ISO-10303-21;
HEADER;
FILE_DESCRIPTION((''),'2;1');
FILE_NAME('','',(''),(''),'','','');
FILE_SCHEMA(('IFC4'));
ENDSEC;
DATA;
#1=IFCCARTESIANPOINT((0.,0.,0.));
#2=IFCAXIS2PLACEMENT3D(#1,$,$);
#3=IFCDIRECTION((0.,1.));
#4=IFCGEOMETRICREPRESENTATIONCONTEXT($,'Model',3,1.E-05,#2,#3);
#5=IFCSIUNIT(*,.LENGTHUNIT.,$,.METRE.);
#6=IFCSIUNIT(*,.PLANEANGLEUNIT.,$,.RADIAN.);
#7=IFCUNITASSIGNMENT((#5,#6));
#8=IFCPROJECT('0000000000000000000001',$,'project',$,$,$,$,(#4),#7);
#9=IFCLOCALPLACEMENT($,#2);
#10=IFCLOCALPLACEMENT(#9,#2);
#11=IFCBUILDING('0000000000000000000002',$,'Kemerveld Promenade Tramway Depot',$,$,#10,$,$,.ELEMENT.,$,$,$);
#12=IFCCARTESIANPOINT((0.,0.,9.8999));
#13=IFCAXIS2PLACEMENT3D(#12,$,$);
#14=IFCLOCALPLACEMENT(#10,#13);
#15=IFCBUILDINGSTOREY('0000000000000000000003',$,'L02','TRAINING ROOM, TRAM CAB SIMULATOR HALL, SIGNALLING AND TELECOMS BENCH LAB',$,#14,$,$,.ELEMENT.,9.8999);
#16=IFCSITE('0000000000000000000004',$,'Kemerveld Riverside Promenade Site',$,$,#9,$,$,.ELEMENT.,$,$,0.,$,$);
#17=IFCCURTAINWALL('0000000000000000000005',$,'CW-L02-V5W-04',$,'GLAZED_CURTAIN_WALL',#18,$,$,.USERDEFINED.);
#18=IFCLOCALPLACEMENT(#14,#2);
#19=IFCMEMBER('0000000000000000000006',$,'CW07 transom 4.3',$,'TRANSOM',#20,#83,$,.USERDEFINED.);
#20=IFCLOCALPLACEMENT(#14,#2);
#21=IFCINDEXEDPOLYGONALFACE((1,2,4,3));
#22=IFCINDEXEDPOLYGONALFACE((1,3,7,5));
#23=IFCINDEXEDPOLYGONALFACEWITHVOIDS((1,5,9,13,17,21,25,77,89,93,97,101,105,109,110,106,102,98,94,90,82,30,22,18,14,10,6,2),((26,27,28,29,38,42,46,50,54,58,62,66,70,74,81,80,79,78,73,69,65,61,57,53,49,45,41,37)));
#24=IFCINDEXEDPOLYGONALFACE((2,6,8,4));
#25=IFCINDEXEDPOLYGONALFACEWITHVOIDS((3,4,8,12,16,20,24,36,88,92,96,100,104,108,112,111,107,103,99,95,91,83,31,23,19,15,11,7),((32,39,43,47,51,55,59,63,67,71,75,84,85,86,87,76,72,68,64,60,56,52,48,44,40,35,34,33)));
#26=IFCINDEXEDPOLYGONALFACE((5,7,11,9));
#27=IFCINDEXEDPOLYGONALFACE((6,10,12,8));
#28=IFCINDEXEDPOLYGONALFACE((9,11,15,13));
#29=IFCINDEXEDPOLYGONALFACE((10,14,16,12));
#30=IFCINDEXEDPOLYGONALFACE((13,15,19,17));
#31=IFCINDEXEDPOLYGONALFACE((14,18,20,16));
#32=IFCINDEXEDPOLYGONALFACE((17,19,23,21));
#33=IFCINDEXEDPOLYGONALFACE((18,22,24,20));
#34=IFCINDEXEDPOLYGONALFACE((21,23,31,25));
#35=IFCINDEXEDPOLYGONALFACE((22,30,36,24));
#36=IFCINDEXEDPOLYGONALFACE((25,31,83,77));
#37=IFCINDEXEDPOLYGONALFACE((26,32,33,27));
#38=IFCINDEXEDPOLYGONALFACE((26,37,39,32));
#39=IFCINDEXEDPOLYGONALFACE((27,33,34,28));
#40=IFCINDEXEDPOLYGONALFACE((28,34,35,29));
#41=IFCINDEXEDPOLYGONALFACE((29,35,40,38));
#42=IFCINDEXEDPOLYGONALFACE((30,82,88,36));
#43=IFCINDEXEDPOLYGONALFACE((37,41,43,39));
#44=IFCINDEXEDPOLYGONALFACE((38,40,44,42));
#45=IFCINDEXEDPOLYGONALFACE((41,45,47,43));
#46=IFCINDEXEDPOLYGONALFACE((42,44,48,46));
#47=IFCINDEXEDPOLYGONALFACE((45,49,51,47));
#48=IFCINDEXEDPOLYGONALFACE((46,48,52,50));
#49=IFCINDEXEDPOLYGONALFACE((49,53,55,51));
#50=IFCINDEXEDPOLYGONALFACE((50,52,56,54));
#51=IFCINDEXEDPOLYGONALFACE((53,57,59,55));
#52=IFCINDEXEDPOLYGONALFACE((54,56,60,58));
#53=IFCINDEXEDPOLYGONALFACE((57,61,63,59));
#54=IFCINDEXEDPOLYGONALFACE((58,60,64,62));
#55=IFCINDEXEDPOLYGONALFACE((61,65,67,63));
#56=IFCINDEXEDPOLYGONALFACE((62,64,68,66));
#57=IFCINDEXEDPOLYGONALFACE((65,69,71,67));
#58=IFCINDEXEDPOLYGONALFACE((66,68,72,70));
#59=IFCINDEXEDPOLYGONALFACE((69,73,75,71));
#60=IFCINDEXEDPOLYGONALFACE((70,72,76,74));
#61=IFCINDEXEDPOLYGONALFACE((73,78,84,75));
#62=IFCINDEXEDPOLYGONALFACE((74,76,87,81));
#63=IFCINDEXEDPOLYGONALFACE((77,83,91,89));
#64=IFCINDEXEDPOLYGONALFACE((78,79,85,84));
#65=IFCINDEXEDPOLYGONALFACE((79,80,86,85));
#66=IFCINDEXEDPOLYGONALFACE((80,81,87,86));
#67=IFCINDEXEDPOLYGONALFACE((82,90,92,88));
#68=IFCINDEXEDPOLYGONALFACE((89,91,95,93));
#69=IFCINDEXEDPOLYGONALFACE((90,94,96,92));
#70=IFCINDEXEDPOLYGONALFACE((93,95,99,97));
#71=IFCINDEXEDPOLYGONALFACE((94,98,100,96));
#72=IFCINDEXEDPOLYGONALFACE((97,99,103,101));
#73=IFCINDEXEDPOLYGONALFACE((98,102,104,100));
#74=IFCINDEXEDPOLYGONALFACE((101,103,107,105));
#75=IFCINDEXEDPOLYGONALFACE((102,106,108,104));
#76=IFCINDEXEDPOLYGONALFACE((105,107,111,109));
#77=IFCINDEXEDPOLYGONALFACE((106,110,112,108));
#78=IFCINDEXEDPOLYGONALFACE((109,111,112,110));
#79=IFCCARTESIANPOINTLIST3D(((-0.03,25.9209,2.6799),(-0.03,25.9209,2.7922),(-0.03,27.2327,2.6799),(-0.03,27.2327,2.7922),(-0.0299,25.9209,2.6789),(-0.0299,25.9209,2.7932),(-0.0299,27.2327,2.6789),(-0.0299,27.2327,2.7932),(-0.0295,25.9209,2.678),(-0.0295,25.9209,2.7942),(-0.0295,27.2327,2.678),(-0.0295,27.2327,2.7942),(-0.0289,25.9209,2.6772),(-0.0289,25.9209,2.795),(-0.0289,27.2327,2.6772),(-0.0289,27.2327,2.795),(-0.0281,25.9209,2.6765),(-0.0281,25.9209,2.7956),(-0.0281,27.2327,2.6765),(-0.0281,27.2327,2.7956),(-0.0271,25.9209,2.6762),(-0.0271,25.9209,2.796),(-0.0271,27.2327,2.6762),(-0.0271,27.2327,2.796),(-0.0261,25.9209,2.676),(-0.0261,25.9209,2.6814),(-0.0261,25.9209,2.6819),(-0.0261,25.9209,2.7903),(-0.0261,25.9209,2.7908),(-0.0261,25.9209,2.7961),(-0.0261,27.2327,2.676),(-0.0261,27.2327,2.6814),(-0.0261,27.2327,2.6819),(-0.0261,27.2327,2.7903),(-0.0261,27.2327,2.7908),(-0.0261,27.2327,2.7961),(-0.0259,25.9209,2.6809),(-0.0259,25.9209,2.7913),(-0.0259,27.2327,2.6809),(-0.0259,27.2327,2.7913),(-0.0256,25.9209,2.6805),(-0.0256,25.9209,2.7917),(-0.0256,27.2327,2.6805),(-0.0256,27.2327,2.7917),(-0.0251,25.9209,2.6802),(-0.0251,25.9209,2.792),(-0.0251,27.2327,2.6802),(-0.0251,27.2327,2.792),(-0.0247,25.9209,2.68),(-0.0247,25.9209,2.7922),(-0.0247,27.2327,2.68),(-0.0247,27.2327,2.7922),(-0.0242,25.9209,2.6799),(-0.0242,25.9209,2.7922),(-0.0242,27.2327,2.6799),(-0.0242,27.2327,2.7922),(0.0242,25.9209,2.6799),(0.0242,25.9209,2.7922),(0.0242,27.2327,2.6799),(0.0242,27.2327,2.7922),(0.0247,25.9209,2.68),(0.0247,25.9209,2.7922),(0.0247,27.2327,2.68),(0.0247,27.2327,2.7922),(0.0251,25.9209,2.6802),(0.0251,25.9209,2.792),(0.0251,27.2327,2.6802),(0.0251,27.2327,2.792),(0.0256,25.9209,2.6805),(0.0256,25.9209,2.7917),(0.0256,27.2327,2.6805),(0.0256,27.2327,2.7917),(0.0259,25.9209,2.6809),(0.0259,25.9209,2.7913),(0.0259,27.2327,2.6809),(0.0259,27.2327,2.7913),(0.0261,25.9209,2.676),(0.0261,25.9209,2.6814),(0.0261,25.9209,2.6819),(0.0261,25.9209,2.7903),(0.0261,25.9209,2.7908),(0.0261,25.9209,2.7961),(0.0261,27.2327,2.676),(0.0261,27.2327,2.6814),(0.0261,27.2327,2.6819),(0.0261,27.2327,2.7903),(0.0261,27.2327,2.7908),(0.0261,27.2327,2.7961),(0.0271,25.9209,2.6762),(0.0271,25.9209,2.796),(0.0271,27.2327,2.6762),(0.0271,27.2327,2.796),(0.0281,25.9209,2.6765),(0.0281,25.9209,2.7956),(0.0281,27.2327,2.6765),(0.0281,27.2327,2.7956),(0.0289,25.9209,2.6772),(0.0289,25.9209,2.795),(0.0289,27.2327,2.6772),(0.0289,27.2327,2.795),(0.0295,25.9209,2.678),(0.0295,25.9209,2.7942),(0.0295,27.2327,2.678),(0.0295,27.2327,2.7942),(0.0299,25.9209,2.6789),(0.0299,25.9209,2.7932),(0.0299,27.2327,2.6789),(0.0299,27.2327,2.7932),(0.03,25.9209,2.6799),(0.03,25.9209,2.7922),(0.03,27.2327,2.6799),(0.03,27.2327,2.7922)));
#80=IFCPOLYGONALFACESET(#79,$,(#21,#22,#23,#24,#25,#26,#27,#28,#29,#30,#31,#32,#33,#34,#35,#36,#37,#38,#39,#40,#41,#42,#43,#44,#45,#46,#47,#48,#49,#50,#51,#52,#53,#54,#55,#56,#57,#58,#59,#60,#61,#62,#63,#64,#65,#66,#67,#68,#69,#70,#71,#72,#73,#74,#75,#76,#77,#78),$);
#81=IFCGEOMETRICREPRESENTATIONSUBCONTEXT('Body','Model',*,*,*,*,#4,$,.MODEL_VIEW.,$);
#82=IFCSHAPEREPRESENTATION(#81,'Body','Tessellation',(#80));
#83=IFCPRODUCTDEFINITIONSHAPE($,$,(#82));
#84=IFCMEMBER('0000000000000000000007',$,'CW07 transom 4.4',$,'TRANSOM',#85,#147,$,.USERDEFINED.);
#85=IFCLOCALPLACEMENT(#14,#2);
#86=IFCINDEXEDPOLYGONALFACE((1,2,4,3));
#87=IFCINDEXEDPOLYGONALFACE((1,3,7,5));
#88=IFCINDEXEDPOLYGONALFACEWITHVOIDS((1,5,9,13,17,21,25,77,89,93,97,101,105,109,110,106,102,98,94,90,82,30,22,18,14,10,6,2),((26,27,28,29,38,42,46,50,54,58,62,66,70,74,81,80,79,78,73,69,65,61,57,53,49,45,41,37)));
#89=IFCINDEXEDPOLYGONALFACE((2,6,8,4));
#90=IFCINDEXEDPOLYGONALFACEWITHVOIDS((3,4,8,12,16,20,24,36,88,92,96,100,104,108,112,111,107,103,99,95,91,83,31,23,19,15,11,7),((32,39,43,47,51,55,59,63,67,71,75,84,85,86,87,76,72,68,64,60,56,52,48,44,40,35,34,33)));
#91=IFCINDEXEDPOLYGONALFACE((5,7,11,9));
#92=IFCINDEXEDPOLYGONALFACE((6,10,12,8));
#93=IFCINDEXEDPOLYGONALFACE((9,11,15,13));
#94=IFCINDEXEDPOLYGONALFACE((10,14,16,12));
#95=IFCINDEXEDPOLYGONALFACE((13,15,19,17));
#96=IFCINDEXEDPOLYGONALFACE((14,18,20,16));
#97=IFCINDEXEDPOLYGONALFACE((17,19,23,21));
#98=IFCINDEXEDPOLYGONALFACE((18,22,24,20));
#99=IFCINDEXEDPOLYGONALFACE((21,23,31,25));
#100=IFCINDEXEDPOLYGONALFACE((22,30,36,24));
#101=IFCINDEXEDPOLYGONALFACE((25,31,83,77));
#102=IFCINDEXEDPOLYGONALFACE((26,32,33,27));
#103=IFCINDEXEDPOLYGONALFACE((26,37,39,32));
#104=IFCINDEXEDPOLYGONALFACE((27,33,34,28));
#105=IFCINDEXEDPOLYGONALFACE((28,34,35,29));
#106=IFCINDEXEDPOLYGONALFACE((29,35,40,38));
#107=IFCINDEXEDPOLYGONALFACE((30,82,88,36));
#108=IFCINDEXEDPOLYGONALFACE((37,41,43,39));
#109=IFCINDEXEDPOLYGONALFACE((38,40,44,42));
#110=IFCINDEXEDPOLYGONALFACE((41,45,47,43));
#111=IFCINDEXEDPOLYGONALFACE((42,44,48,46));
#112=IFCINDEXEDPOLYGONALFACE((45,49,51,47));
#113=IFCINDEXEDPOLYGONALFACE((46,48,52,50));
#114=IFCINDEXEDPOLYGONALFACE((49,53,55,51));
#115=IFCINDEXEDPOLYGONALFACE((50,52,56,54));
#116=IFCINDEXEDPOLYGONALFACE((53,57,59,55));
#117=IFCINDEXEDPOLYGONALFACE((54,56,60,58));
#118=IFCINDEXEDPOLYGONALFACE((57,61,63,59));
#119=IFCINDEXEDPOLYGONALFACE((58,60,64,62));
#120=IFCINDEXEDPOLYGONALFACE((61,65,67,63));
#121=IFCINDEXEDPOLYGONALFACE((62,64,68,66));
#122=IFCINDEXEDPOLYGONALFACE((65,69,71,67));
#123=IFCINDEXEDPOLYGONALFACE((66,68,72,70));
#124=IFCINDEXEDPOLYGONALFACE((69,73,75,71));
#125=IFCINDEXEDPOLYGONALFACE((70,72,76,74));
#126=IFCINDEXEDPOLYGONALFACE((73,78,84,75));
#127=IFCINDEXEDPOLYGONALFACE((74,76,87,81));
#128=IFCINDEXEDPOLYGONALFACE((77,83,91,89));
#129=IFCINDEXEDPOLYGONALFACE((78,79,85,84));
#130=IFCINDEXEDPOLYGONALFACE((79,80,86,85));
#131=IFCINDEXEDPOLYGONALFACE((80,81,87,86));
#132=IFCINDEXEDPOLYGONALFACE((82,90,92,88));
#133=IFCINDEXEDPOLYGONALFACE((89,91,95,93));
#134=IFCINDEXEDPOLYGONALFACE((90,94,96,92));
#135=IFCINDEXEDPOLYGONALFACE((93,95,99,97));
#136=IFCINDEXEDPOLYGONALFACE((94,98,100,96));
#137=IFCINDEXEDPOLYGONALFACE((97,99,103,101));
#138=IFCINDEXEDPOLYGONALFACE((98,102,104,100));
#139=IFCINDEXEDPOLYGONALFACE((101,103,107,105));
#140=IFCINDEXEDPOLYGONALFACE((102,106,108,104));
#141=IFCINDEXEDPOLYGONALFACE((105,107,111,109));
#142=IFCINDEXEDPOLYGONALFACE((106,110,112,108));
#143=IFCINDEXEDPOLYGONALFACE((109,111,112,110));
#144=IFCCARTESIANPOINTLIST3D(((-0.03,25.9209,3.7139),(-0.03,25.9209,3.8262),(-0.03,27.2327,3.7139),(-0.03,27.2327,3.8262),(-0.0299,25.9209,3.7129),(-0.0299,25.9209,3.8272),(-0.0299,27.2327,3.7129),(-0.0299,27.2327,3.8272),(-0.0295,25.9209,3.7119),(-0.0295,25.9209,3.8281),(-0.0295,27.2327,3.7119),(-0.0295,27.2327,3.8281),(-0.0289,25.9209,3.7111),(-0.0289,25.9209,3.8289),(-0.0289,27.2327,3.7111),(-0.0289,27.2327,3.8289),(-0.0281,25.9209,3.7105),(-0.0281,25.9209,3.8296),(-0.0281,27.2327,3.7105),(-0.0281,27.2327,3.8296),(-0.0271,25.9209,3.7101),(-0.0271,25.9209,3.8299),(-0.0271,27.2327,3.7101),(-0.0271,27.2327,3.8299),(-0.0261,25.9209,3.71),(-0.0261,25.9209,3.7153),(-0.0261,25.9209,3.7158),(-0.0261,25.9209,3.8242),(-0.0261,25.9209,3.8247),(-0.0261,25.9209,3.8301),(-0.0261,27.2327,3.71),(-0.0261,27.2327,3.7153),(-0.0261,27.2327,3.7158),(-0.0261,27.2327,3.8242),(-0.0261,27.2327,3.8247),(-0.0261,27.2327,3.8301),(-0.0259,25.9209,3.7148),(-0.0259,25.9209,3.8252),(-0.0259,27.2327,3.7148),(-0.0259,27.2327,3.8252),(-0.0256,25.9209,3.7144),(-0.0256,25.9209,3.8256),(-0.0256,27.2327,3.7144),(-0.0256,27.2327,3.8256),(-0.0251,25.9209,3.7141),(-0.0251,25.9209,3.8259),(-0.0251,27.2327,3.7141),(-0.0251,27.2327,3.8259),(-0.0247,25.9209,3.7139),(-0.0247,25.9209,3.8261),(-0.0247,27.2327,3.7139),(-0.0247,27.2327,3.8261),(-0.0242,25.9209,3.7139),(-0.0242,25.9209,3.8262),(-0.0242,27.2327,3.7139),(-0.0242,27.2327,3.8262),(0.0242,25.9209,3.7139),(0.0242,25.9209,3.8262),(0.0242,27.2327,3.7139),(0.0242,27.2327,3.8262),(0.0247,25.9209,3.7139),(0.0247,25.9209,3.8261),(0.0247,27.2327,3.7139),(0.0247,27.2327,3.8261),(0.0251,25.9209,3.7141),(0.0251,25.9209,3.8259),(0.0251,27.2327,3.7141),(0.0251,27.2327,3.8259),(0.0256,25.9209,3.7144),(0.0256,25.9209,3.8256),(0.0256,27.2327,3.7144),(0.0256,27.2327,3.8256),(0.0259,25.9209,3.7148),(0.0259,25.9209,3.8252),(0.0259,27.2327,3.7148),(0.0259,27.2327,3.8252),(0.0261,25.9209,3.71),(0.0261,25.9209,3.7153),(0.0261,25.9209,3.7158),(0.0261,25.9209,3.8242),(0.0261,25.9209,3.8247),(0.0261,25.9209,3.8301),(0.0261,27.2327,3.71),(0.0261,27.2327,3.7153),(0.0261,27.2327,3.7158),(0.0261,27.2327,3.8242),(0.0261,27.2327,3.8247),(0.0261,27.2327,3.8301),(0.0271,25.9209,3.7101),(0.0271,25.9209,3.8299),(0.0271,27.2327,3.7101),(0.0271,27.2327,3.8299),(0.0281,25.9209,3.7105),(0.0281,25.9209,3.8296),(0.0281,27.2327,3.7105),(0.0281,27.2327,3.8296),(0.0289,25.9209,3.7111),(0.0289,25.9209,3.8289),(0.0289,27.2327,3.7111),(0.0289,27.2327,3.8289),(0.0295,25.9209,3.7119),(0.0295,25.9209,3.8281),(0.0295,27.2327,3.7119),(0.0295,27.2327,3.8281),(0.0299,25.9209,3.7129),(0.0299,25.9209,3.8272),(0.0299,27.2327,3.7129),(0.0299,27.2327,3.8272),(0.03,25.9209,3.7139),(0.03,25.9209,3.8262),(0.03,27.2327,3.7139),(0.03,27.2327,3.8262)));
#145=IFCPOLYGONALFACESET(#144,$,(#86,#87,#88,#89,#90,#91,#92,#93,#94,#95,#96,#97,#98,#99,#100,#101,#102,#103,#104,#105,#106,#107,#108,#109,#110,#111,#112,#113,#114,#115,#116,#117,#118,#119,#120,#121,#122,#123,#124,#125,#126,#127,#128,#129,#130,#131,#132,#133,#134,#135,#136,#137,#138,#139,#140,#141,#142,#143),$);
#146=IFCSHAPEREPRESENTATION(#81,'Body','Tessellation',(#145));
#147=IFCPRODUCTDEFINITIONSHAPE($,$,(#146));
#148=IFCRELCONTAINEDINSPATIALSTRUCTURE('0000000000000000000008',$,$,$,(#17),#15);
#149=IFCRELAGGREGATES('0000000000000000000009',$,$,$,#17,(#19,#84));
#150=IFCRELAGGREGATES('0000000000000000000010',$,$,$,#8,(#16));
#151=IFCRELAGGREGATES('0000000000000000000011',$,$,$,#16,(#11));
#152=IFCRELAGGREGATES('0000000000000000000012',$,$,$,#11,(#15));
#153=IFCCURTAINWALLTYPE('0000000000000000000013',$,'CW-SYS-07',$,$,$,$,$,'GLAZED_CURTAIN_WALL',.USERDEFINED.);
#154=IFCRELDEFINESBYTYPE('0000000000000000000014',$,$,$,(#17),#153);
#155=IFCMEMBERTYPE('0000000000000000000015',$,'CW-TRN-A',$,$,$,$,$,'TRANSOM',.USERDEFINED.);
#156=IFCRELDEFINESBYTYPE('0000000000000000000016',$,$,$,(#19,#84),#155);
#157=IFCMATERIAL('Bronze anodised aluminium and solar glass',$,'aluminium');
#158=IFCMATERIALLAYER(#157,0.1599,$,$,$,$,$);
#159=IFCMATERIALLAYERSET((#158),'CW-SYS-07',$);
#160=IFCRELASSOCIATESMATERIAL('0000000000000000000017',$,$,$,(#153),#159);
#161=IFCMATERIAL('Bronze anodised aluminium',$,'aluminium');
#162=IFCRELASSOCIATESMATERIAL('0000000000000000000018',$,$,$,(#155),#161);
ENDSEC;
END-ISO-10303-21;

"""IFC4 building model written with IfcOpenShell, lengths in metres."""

from ifc_helpers import new_model, si_unit, direction, frame, origin, origin_2d, place, context, subcontext, project, spatial, hollow_rectangle, extrude, material, layer, layer_set, material_profile, profile_set, type_object, element, aggregate, save


model = new_model("IFC4")

# Units and contexts
model_context = context("Model", 3, precision=1e-05, world=origin(), true_north=direction((0.0, 1.0)))
body_context = subcontext(model_context, "Body", "Model", "MODEL_VIEW")
ifc_project = project(units=[si_unit("LENGTHUNIT", "METRE"), si_unit("PLANEANGLEUNIT", "RADIAN")], contexts=[model_context])

# Site, building, storey
site_placement = place(None, origin())
site = spatial("IfcSite", under=ifc_project, at=site_placement, Name="Kemerveld Riverside Promenade Site", CompositionType="ELEMENT", RefElevation=0.0)
building_placement = place(site_placement, origin())
building = spatial("IfcBuilding", under=site, at=building_placement, Name="Kemerveld Promenade Tramway Depot", CompositionType="ELEMENT")
storey_placement = place(building_placement, frame((0.0, 0.0, 9.8999)))
storey = spatial("IfcBuildingStorey", under=building, at=storey_placement, Name="L02", Description="TRAINING ROOM, TRAM CAB SIMULATOR HALL, SIGNALLING AND TELECOMS BENCH LAB", CompositionType="ELEMENT", Elevation=9.8999)

# Curtain wall, members
ifc_material_1 = material(Name="Bronze anodised aluminium and solar glass", Category="aluminium")
ifc_layer_1 = layer(ifc_material_1, 0.1599)
ifc_layer_set_1 = layer_set([ifc_layer_1], Name="CW-SYS-07")
curtain_wall_type = type_object("IfcCurtainWallType", Name="CW-SYS-07", ElementType="GLAZED_CURTAIN_WALL", PredefinedType="USERDEFINED", material=ifc_layer_set_1)
curtain_wall_placement = place(storey_placement, origin())
curtain_wall = element("IfcCurtainWall", 1, at=curtain_wall_placement, inside=storey, type_object=curtain_wall_type, Name="CW-L02-V5W-04", ObjectType="GLAZED_CURTAIN_WALL", PredefinedType="USERDEFINED")
ifc_material_2 = material(Name="Bronze anodised aluminium", Category="aluminium")
ifc_material_profile_1 = material_profile(ifc_material_2, hollow_rectangle(XDim=0.0601, YDim=0.1201, WallThickness=0.0039, InnerFilletRadius=0.002, OuterFilletRadius=0.0039, at=origin_2d()), Name="CW-TRN-120x60")
ifc_profile_set_1 = profile_set([ifc_material_profile_1], Name="Bronze anodised aluminium")
member_type_1 = type_object("IfcMemberType", Name="CW-TRN-A", ElementType="TRANSOM", PredefinedType="USERDEFINED", material=ifc_profile_set_1)
member_1_placement = place(storey_placement, frame((0.0, 25.9209, 2.7361), z_axis=(0.0, 1.0, 0.0), x_axis=(-1.0, 0.0, 0.0)))
member_1 = element("IfcMember", 2, at=member_1_placement, type_object=member_type_1, Name="CW07 transom 4.3", ObjectType="TRANSOM", PredefinedType="USERDEFINED", context=body_context, shape_type="SweptSolid", body=[
    extrude(hollow_rectangle(XDim=0.0601, YDim=0.1201, WallThickness=0.0039, InnerFilletRadius=0.002, OuterFilletRadius=0.0039, at=origin_2d()), origin(), (0.0, 0.0, 1.0), 1.3118),
])
member_2_placement = place(storey_placement, frame((0.0, 25.9209, 3.77), z_axis=(0.0, 1.0, 0.0), x_axis=(-1.0, 0.0, 0.0)))
member_2 = element("IfcMember", 3, at=member_2_placement, type_object=member_type_1, Name="CW07 transom 4.4", ObjectType="TRANSOM", PredefinedType="USERDEFINED", context=body_context, shape_type="SweptSolid", body=[
    extrude(hollow_rectangle(XDim=0.0601, YDim=0.1201, WallThickness=0.0039, InnerFilletRadius=0.002, OuterFilletRadius=0.0039, at=origin_2d()), origin(), (0.0, 0.0, 1.0), 1.3118),
])
aggregate(curtain_wall, [member_1, member_2])

save(model, "model.ifc")
